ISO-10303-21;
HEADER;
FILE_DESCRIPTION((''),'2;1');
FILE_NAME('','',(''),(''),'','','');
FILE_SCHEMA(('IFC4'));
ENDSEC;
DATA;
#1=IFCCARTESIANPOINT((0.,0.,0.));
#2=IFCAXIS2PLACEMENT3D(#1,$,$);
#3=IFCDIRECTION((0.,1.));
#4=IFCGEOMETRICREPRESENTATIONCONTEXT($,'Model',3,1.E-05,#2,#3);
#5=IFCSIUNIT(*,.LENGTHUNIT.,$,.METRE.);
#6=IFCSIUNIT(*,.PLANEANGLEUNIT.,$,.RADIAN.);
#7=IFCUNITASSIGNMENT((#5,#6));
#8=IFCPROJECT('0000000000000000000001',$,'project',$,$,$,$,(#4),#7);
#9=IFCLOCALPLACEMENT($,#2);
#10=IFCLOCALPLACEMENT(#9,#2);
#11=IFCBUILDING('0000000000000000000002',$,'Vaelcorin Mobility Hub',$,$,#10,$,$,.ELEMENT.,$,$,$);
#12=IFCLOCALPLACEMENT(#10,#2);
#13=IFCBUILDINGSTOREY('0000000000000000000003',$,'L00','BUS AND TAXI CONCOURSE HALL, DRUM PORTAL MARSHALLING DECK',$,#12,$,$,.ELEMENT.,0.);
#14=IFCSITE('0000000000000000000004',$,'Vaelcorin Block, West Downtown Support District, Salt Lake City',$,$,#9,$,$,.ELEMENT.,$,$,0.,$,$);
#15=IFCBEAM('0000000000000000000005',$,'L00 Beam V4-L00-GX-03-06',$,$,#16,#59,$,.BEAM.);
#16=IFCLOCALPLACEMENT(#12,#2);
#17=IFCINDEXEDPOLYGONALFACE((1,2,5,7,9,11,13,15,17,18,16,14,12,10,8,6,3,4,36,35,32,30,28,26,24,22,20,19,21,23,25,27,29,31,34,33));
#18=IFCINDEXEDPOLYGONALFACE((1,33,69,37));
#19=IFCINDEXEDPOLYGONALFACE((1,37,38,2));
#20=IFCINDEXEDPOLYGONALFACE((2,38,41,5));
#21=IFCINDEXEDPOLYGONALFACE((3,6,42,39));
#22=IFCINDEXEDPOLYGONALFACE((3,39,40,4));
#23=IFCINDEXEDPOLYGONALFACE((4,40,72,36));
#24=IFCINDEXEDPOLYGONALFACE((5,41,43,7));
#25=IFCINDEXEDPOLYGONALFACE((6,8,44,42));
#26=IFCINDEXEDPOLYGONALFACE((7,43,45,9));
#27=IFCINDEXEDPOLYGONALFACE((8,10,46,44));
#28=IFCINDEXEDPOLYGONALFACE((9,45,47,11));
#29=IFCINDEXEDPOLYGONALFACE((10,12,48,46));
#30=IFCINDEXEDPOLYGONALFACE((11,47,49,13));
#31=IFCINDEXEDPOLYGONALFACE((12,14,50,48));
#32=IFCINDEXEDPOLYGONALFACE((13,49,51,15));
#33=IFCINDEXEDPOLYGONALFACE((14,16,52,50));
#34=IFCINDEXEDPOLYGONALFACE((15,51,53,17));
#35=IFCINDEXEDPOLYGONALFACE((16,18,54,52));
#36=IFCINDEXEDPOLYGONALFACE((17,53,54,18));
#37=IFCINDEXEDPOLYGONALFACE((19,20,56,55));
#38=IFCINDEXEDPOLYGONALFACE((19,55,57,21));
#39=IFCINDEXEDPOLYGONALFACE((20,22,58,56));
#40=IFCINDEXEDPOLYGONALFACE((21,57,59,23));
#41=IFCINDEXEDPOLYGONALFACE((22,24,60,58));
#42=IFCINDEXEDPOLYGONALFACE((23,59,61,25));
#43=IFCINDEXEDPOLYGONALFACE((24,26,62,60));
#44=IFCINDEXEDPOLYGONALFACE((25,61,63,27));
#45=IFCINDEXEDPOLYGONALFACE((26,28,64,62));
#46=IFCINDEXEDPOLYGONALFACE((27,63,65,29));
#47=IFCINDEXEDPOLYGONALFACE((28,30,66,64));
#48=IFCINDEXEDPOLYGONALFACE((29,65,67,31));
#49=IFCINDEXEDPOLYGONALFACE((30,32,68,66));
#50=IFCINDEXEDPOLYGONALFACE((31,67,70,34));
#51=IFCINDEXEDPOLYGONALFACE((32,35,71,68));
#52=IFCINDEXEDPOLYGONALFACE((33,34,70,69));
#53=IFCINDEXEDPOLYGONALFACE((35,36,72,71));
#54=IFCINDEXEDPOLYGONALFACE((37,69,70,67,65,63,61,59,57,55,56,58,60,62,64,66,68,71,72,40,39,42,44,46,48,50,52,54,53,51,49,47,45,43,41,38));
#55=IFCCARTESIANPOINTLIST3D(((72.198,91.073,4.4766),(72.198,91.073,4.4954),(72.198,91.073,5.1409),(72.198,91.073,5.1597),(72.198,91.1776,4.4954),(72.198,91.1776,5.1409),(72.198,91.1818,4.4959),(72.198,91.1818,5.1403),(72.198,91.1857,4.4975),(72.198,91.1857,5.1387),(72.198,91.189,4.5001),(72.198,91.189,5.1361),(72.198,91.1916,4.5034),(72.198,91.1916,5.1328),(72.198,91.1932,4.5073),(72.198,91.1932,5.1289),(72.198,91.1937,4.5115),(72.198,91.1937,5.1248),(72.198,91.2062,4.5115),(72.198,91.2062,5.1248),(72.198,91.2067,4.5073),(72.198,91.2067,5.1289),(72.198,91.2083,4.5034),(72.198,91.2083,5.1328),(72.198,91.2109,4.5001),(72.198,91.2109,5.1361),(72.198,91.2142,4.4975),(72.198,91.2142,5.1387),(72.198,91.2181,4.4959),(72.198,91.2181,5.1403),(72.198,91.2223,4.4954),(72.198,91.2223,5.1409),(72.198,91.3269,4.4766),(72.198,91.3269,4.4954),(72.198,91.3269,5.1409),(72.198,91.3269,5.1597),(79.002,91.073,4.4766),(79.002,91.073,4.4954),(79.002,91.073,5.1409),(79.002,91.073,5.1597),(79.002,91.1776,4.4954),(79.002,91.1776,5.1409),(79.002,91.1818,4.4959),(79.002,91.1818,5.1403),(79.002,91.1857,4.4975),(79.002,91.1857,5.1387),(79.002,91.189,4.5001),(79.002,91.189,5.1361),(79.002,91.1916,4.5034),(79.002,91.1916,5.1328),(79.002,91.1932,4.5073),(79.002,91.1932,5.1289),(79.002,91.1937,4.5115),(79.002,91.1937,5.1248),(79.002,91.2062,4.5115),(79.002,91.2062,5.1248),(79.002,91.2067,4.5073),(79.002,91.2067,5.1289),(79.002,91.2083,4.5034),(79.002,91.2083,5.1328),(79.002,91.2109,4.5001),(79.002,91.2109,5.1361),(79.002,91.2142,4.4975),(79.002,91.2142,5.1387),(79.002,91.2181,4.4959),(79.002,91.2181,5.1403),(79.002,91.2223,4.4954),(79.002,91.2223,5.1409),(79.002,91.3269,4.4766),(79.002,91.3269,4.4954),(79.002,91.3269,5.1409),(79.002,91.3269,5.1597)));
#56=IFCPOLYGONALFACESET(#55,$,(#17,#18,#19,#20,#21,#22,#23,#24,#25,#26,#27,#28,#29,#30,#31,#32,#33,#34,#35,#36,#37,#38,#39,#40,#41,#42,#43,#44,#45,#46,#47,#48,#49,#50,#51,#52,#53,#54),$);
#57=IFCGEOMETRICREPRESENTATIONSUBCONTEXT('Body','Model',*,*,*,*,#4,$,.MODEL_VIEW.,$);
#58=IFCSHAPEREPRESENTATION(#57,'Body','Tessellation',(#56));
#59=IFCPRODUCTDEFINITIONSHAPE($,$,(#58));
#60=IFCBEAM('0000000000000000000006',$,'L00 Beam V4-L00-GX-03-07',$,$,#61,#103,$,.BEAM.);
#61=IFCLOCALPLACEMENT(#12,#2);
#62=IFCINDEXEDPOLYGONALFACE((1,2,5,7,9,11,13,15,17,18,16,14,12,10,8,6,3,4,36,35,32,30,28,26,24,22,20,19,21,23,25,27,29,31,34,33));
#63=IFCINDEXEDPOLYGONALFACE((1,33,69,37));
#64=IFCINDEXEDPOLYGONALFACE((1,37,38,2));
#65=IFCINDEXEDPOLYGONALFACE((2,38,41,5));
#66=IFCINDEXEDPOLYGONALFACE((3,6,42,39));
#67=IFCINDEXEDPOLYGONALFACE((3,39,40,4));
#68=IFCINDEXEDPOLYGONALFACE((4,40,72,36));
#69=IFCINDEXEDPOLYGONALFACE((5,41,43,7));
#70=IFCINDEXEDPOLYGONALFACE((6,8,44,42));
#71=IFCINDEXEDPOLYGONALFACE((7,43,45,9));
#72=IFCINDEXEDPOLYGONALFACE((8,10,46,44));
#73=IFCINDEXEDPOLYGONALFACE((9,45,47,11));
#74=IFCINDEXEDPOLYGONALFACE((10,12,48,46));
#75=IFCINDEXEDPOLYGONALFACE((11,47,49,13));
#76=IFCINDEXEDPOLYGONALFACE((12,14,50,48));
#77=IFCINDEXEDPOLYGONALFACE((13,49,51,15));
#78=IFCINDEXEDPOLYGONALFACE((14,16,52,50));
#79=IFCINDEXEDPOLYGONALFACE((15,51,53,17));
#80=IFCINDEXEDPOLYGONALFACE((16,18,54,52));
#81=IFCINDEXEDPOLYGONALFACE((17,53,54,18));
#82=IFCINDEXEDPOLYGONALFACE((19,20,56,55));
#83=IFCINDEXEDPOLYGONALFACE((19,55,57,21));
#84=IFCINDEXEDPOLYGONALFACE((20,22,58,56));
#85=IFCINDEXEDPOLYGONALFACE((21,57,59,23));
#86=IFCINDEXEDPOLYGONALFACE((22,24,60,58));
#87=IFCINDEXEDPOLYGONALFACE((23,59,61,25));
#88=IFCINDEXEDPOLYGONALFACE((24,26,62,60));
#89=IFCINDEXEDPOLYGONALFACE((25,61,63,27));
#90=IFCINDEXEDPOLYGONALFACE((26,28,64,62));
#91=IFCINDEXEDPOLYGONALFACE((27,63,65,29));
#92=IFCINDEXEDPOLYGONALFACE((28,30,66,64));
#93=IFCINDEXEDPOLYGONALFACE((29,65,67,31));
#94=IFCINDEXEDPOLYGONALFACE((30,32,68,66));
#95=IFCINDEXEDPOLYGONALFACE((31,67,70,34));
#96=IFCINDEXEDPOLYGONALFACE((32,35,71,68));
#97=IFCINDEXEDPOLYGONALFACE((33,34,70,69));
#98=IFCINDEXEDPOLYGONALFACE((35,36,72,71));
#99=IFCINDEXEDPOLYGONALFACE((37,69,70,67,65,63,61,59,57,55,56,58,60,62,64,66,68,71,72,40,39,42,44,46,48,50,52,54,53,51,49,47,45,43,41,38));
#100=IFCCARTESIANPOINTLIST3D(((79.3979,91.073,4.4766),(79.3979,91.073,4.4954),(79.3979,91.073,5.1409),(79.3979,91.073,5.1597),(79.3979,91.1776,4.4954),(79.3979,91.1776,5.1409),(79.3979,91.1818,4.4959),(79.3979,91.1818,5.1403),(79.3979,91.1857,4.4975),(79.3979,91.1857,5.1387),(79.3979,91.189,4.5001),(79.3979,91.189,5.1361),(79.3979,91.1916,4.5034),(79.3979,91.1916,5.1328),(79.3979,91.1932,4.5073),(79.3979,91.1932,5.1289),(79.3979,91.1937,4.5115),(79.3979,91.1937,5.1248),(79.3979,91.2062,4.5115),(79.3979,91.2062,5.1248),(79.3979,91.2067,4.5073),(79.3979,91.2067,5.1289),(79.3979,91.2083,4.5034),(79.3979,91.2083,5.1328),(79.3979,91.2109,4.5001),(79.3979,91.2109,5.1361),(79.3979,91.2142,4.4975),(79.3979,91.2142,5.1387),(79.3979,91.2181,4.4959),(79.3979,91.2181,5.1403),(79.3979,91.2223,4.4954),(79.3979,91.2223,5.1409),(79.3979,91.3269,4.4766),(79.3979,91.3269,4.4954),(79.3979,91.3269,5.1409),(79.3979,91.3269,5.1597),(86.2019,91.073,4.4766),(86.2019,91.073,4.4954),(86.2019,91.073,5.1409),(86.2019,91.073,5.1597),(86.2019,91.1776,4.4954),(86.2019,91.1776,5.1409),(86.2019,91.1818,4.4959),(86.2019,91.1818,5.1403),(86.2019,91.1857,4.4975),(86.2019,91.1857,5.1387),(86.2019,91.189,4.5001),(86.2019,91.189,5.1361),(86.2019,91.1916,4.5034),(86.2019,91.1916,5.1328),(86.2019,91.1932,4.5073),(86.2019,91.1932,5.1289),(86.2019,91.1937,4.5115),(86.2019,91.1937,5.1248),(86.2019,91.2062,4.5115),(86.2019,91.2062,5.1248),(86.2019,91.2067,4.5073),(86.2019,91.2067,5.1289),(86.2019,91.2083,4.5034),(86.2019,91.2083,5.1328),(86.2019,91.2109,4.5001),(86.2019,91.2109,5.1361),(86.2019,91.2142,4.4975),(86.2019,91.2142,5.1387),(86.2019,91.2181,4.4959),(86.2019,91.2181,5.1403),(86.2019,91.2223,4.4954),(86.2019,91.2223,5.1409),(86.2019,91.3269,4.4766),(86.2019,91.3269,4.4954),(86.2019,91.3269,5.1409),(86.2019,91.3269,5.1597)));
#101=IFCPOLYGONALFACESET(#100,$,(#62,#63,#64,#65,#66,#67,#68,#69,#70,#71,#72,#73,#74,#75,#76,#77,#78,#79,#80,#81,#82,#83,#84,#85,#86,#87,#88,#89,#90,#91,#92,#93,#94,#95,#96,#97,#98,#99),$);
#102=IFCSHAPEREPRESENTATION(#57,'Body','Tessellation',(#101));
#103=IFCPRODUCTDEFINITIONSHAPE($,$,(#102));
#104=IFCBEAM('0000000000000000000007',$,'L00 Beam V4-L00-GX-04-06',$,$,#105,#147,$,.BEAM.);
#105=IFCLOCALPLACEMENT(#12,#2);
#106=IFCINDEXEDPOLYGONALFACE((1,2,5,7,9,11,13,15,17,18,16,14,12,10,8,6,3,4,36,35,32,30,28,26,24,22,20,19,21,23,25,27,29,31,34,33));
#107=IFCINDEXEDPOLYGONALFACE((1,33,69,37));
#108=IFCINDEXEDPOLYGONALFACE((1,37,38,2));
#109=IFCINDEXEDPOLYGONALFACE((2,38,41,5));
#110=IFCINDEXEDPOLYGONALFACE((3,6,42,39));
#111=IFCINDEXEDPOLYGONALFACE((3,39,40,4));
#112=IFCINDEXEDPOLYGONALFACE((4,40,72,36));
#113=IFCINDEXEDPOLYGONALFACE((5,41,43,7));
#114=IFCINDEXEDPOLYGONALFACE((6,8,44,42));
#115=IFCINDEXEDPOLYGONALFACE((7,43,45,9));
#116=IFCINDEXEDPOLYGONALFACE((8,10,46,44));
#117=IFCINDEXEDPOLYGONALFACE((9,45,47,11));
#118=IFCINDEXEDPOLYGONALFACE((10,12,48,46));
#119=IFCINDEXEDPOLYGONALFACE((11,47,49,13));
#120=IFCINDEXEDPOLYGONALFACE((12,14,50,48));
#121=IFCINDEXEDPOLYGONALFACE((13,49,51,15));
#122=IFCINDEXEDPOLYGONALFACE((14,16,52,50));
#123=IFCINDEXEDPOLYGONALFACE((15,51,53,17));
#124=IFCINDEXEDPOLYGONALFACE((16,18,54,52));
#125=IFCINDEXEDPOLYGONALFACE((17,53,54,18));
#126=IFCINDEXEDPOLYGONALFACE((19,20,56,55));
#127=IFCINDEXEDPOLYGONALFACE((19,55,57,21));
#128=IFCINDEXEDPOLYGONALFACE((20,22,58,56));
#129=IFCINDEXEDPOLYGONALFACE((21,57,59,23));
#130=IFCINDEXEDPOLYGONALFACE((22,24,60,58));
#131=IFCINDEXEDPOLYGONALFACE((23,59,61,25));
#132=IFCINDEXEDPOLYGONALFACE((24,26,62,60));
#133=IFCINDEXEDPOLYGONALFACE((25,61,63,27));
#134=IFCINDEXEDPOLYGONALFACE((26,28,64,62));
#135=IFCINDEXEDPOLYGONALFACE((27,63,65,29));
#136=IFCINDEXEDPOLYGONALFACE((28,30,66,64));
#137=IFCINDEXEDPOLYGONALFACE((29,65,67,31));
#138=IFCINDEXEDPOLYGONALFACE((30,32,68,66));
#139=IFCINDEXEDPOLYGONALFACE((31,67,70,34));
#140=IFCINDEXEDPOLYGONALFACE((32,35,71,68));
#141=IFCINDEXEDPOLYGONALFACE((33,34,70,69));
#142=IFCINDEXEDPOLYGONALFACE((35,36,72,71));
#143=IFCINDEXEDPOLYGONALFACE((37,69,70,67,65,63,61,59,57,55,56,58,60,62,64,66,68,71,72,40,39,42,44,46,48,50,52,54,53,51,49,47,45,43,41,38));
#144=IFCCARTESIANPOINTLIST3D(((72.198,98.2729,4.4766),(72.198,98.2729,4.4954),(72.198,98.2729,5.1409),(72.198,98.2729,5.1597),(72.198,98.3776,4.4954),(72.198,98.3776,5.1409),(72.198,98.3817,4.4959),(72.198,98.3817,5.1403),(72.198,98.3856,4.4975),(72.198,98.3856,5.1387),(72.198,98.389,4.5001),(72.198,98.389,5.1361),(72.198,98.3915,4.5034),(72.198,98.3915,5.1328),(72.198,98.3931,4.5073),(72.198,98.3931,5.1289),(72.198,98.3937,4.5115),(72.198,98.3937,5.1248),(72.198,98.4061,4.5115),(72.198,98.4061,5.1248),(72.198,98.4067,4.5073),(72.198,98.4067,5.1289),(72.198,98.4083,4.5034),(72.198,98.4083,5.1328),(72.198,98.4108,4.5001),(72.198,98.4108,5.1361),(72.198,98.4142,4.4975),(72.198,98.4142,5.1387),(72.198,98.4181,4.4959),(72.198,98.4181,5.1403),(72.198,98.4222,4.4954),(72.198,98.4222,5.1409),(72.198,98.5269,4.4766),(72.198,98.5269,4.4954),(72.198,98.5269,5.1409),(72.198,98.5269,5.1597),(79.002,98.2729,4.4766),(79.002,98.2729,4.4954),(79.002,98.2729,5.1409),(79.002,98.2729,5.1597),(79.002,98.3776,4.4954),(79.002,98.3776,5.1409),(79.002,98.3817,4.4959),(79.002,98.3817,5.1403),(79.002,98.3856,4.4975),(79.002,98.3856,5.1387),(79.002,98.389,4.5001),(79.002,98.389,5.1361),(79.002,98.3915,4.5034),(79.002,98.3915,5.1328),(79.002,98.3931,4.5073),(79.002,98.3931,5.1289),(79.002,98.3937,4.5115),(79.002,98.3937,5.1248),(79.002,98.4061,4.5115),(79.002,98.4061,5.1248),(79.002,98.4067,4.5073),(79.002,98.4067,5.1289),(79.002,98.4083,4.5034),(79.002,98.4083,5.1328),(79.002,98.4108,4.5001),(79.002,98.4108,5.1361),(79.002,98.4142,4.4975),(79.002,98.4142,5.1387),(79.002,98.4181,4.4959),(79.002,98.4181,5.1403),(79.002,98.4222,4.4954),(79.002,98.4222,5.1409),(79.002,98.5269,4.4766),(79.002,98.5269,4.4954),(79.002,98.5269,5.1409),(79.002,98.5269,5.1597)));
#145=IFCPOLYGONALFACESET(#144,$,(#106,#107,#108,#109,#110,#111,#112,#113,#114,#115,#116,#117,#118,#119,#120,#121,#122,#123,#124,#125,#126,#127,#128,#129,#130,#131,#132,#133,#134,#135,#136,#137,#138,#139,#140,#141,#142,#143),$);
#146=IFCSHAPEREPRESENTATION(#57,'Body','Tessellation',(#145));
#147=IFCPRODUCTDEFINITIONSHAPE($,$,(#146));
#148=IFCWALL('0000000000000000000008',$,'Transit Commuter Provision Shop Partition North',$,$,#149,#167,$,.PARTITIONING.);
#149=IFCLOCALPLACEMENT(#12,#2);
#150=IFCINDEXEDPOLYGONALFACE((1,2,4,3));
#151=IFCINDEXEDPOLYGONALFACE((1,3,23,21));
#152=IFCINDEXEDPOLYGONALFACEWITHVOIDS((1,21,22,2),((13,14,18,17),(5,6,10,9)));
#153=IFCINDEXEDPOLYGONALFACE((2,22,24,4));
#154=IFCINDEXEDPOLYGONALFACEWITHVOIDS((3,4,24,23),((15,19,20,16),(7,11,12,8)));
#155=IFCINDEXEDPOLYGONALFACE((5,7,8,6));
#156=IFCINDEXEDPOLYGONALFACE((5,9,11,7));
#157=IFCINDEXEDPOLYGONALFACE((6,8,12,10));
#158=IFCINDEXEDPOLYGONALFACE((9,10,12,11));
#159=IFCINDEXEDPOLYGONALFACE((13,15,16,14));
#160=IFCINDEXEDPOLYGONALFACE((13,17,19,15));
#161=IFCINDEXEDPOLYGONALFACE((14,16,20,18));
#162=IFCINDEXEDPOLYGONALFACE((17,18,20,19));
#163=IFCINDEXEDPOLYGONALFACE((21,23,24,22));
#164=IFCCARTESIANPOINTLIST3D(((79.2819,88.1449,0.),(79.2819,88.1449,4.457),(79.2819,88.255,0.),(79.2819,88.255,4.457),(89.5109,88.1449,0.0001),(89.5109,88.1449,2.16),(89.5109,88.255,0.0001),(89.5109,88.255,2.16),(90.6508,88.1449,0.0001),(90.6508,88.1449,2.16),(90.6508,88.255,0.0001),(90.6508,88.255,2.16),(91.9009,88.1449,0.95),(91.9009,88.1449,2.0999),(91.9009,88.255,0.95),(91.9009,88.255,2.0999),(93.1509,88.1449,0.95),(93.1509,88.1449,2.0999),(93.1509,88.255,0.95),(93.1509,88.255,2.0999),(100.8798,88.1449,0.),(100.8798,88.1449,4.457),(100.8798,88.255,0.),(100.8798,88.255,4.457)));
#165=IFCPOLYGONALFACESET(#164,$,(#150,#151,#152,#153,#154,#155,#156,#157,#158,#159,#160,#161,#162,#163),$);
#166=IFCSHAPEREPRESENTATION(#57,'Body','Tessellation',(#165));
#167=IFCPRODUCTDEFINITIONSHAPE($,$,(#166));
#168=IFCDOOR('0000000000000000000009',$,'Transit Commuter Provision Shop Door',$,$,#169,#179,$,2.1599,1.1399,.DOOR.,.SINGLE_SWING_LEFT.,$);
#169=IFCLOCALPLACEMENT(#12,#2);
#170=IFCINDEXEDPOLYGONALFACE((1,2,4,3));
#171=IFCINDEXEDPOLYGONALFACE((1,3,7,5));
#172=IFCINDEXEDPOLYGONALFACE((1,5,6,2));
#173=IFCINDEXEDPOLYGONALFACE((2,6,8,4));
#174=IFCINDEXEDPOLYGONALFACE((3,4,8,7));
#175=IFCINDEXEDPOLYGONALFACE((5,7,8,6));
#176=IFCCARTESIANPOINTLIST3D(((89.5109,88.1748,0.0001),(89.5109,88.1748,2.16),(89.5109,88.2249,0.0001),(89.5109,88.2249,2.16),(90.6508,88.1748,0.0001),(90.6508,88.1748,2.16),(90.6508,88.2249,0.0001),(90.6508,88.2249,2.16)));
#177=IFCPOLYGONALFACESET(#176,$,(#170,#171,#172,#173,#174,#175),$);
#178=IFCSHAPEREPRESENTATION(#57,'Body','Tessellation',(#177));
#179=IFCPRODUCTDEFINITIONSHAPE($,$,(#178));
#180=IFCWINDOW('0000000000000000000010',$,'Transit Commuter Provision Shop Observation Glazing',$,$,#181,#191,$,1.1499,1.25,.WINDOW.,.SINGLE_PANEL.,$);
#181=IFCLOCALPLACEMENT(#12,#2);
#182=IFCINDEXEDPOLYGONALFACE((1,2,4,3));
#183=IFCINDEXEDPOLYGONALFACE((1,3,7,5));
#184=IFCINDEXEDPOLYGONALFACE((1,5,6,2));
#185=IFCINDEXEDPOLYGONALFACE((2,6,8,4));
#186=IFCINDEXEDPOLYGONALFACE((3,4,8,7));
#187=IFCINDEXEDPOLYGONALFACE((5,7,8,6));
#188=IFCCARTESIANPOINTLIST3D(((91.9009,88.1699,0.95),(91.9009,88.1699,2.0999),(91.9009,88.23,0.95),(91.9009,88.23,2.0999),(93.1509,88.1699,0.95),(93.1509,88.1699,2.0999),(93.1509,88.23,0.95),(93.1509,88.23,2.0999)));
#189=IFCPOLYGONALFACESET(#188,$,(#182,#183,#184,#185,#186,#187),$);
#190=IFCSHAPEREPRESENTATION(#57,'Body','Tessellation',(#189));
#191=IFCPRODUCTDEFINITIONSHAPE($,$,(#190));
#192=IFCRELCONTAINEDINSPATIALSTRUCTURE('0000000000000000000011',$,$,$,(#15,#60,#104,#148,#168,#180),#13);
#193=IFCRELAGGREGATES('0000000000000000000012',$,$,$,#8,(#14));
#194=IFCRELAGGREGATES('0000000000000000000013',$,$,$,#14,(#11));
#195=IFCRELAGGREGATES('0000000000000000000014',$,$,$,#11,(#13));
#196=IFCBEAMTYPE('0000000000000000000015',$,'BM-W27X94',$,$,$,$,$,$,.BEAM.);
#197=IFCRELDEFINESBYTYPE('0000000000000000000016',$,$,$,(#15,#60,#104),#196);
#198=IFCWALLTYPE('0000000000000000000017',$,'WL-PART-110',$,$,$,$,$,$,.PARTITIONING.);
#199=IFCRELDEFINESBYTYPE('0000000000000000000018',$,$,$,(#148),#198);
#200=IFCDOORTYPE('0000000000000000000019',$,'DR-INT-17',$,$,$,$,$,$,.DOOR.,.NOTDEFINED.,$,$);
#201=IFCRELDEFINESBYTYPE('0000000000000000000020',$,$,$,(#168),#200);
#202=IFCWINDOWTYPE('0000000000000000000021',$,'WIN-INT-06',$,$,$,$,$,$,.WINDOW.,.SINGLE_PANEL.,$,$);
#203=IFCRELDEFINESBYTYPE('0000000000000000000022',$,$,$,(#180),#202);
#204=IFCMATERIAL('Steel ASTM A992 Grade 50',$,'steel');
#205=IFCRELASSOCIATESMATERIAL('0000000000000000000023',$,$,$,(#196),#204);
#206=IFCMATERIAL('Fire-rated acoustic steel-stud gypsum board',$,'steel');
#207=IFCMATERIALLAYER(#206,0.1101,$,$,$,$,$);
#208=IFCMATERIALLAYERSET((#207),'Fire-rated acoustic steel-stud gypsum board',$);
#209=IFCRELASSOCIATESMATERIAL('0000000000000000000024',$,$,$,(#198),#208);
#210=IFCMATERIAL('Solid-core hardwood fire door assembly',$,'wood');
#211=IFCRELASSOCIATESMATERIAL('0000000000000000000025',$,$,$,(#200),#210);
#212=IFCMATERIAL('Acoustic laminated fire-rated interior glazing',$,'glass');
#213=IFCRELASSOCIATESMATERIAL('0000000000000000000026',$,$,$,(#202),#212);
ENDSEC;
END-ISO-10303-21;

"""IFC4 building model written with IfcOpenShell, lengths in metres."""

from ifc_helpers import new_model, si_unit, direction, frame, frame_2d, origin, origin_2d, place, context, subcontext, project, spatial, rectangle, i_section, extrude, material, layer, layer_set, material_profile, profile_set, type_object, element, fill, save


model = new_model("IFC4")

# Units and contexts
model_context = context("Model", 3, precision=1e-05, world=origin(), true_north=direction((0.0, 1.0)))
body_context = subcontext(model_context, "Body", "Model", "MODEL_VIEW")
ifc_project = project(units=[si_unit("LENGTHUNIT", "METRE"), si_unit("PLANEANGLEUNIT", "RADIAN")], contexts=[model_context])

# Site, building, storey
site_placement = place(None, origin())
site = spatial("IfcSite", under=ifc_project, at=site_placement, Name="Vaelcorin Block, West Downtown Support District, Salt Lake City", CompositionType="ELEMENT", RefElevation=0.0)
building_placement = place(site_placement, origin())
building = spatial("IfcBuilding", under=site, at=building_placement, Name="Vaelcorin Mobility Hub", CompositionType="ELEMENT")
storey_placement = place(building_placement, origin())
storey = spatial("IfcBuildingStorey", under=building, at=storey_placement, Name="L00", Description="BUS AND TAXI CONCOURSE HALL, DRUM PORTAL MARSHALLING DECK", CompositionType="ELEMENT", Elevation=0.0)

# Shared definitions
ifc_material_1 = material(Name="Steel ASTM A992 Grade 50", Category="steel")

# Beams
ifc_material_profile_1 = material_profile(ifc_material_1, i_section(OverallWidth=0.2539, OverallDepth=0.6831, WebThickness=0.0125, FlangeThickness=0.0188, FilletRadius=0.0161, at=origin_2d()), Name="W27X94")
ifc_profile_set_1 = profile_set([ifc_material_profile_1], Name="Steel ASTM A992 Grade 50")
beam_type_1 = type_object("IfcBeamType", Name="BM-W27X94", PredefinedType="BEAM", material=ifc_profile_set_1)
for number, where, z_axis, x_axis, name in (
    (1, (72.198, 91.2, 4.8181), (1.0, 0.0, 0.0), (0.0, 1.0, 0.0), "L00 Beam V4-L00-GX-03-06"),
    (2, (79.3979, 91.2, 4.8181), (1.0, 0.0, 0.0), (0.0, 1.0, 0.0), "L00 Beam V4-L00-GX-03-07"),
    (3, (72.198, 98.3999, 4.8181), (1.0, 0.0, 0.0), (0.0, 1.0, 0.0), "L00 Beam V4-L00-GX-04-06"),
):
    element("IfcBeam", number, at=place(storey_placement, frame(where, z_axis=z_axis, x_axis=x_axis)), inside=storey, type_object=beam_type_1, Name=name, PredefinedType="BEAM", context=body_context, shape_type="SweptSolid", body=[
        extrude(i_section(OverallWidth=0.2539, OverallDepth=0.6831, WebThickness=0.0125, FlangeThickness=0.0188, FilletRadius=0.0161, at=origin_2d()), origin(), (0.0, 0.0, 1.0), 6.804),
    ])

# Wall, openings, door, window
ifc_material_2 = material(Name="Fire-rated acoustic steel-stud gypsum board", Category="steel")
ifc_layer_1 = layer(ifc_material_2, 0.1101)
ifc_layer_set_1 = layer_set([ifc_layer_1], Name="Fire-rated acoustic steel-stud gypsum board")
wall_type_1 = type_object("IfcWallType", Name="WL-PART-110", PredefinedType="PARTITIONING", material=ifc_layer_set_1)
wall_1_placement = place(storey_placement, frame((79.282, 88.2, 0.0), z_axis=(0.0, 0.0, 1.0), x_axis=(1.0, 0.0, 0.0)))
wall_1 = element("IfcWall", 4, at=wall_1_placement, inside=storey, type_object=wall_type_1, Name="Transit Commuter Provision Shop Partition North", PredefinedType="PARTITIONING", context=body_context, shape_type="SweptSolid", body=[
    extrude(rectangle(XDim=21.5979, YDim=0.1101, at=frame_2d((10.7988, 0.0))), origin(), (0.0, 0.0, 1.0), 4.457),
])
opening_1_placement = place(wall_1_placement, frame((10.229, 0.0, 0.0)))
opening_1 = element("IfcOpeningElement", 5, at=opening_1_placement, cuts=wall_1, PredefinedType="OPENING", context=body_context, shape_type="SweptSolid", body=[
    extrude(rectangle(XDim=1.1399, YDim=2.1599, at=frame_2d((0.5698, 1.0801))), frame((0.0, 0.0649, 0.0), z_axis=(0.0, -1.0, 0.0), x_axis=(1.0, 0.0, 0.0)), (0.0, 0.0, 1.0), 0.1301),
])
opening_2_placement = place(wall_1_placement, frame((12.6189, 0.0, 0.95)))
opening_2 = element("IfcOpeningElement", 6, at=opening_2_placement, cuts=wall_1, PredefinedType="OPENING", context=body_context, shape_type="SweptSolid", body=[
    extrude(rectangle(XDim=1.25, YDim=1.1499, at=frame_2d((0.625, 0.575))), frame((0.0, 0.0649, 0.0), z_axis=(0.0, -1.0, 0.0), x_axis=(1.0, 0.0, 0.0)), (0.0, 0.0, 1.0), 0.1301),
])
ifc_material_3 = material(Name="Solid-core hardwood fire door assembly", Category="wood")
door_type = type_object("IfcDoorType", Name="DR-INT-17", OperationType="NOTDEFINED", PredefinedType="DOOR", material=ifc_material_3)
door_placement = place(opening_1_placement, origin())
door = element("IfcDoor", 7, at=door_placement, inside=storey, type_object=door_type, Name="Transit Commuter Provision Shop Door", OperationType="SINGLE_SWING_LEFT", OverallHeight=2.1599, OverallWidth=1.1399, PredefinedType="DOOR", context=body_context, shape_type="SweptSolid", body=[
    extrude(rectangle(XDim=1.1399, YDim=2.1599, at=frame_2d((0.5698, 1.0801))), frame((0.0, 0.0249, 0.0), z_axis=(0.0, -1.0, 0.0), x_axis=(1.0, 0.0, 0.0)), (0.0, 0.0, 1.0), 0.05),
])
fill(opening_1, door)
ifc_material_4 = material(Name="Acoustic laminated fire-rated interior glazing", Category="glass")
window_type = type_object("IfcWindowType", Name="WIN-INT-06", PartitioningType="SINGLE_PANEL", PredefinedType="WINDOW", material=ifc_material_4)
window_placement = place(opening_2_placement, origin())
window = element("IfcWindow", 8, at=window_placement, inside=storey, type_object=window_type, Name="Transit Commuter Provision Shop Observation Glazing", OverallHeight=1.1499, OverallWidth=1.25, PartitioningType="SINGLE_PANEL", PredefinedType="WINDOW", context=body_context, shape_type="SweptSolid", body=[
    extrude(rectangle(XDim=1.25, YDim=1.1499, at=frame_2d((0.625, 0.575))), frame((0.0, 0.03, 0.0), z_axis=(0.0, -1.0, 0.0), x_axis=(1.0, 0.0, 0.0)), (0.0, 0.0, 1.0), 0.0601),
])
fill(opening_2, window)

save(model, "model.ifc")
